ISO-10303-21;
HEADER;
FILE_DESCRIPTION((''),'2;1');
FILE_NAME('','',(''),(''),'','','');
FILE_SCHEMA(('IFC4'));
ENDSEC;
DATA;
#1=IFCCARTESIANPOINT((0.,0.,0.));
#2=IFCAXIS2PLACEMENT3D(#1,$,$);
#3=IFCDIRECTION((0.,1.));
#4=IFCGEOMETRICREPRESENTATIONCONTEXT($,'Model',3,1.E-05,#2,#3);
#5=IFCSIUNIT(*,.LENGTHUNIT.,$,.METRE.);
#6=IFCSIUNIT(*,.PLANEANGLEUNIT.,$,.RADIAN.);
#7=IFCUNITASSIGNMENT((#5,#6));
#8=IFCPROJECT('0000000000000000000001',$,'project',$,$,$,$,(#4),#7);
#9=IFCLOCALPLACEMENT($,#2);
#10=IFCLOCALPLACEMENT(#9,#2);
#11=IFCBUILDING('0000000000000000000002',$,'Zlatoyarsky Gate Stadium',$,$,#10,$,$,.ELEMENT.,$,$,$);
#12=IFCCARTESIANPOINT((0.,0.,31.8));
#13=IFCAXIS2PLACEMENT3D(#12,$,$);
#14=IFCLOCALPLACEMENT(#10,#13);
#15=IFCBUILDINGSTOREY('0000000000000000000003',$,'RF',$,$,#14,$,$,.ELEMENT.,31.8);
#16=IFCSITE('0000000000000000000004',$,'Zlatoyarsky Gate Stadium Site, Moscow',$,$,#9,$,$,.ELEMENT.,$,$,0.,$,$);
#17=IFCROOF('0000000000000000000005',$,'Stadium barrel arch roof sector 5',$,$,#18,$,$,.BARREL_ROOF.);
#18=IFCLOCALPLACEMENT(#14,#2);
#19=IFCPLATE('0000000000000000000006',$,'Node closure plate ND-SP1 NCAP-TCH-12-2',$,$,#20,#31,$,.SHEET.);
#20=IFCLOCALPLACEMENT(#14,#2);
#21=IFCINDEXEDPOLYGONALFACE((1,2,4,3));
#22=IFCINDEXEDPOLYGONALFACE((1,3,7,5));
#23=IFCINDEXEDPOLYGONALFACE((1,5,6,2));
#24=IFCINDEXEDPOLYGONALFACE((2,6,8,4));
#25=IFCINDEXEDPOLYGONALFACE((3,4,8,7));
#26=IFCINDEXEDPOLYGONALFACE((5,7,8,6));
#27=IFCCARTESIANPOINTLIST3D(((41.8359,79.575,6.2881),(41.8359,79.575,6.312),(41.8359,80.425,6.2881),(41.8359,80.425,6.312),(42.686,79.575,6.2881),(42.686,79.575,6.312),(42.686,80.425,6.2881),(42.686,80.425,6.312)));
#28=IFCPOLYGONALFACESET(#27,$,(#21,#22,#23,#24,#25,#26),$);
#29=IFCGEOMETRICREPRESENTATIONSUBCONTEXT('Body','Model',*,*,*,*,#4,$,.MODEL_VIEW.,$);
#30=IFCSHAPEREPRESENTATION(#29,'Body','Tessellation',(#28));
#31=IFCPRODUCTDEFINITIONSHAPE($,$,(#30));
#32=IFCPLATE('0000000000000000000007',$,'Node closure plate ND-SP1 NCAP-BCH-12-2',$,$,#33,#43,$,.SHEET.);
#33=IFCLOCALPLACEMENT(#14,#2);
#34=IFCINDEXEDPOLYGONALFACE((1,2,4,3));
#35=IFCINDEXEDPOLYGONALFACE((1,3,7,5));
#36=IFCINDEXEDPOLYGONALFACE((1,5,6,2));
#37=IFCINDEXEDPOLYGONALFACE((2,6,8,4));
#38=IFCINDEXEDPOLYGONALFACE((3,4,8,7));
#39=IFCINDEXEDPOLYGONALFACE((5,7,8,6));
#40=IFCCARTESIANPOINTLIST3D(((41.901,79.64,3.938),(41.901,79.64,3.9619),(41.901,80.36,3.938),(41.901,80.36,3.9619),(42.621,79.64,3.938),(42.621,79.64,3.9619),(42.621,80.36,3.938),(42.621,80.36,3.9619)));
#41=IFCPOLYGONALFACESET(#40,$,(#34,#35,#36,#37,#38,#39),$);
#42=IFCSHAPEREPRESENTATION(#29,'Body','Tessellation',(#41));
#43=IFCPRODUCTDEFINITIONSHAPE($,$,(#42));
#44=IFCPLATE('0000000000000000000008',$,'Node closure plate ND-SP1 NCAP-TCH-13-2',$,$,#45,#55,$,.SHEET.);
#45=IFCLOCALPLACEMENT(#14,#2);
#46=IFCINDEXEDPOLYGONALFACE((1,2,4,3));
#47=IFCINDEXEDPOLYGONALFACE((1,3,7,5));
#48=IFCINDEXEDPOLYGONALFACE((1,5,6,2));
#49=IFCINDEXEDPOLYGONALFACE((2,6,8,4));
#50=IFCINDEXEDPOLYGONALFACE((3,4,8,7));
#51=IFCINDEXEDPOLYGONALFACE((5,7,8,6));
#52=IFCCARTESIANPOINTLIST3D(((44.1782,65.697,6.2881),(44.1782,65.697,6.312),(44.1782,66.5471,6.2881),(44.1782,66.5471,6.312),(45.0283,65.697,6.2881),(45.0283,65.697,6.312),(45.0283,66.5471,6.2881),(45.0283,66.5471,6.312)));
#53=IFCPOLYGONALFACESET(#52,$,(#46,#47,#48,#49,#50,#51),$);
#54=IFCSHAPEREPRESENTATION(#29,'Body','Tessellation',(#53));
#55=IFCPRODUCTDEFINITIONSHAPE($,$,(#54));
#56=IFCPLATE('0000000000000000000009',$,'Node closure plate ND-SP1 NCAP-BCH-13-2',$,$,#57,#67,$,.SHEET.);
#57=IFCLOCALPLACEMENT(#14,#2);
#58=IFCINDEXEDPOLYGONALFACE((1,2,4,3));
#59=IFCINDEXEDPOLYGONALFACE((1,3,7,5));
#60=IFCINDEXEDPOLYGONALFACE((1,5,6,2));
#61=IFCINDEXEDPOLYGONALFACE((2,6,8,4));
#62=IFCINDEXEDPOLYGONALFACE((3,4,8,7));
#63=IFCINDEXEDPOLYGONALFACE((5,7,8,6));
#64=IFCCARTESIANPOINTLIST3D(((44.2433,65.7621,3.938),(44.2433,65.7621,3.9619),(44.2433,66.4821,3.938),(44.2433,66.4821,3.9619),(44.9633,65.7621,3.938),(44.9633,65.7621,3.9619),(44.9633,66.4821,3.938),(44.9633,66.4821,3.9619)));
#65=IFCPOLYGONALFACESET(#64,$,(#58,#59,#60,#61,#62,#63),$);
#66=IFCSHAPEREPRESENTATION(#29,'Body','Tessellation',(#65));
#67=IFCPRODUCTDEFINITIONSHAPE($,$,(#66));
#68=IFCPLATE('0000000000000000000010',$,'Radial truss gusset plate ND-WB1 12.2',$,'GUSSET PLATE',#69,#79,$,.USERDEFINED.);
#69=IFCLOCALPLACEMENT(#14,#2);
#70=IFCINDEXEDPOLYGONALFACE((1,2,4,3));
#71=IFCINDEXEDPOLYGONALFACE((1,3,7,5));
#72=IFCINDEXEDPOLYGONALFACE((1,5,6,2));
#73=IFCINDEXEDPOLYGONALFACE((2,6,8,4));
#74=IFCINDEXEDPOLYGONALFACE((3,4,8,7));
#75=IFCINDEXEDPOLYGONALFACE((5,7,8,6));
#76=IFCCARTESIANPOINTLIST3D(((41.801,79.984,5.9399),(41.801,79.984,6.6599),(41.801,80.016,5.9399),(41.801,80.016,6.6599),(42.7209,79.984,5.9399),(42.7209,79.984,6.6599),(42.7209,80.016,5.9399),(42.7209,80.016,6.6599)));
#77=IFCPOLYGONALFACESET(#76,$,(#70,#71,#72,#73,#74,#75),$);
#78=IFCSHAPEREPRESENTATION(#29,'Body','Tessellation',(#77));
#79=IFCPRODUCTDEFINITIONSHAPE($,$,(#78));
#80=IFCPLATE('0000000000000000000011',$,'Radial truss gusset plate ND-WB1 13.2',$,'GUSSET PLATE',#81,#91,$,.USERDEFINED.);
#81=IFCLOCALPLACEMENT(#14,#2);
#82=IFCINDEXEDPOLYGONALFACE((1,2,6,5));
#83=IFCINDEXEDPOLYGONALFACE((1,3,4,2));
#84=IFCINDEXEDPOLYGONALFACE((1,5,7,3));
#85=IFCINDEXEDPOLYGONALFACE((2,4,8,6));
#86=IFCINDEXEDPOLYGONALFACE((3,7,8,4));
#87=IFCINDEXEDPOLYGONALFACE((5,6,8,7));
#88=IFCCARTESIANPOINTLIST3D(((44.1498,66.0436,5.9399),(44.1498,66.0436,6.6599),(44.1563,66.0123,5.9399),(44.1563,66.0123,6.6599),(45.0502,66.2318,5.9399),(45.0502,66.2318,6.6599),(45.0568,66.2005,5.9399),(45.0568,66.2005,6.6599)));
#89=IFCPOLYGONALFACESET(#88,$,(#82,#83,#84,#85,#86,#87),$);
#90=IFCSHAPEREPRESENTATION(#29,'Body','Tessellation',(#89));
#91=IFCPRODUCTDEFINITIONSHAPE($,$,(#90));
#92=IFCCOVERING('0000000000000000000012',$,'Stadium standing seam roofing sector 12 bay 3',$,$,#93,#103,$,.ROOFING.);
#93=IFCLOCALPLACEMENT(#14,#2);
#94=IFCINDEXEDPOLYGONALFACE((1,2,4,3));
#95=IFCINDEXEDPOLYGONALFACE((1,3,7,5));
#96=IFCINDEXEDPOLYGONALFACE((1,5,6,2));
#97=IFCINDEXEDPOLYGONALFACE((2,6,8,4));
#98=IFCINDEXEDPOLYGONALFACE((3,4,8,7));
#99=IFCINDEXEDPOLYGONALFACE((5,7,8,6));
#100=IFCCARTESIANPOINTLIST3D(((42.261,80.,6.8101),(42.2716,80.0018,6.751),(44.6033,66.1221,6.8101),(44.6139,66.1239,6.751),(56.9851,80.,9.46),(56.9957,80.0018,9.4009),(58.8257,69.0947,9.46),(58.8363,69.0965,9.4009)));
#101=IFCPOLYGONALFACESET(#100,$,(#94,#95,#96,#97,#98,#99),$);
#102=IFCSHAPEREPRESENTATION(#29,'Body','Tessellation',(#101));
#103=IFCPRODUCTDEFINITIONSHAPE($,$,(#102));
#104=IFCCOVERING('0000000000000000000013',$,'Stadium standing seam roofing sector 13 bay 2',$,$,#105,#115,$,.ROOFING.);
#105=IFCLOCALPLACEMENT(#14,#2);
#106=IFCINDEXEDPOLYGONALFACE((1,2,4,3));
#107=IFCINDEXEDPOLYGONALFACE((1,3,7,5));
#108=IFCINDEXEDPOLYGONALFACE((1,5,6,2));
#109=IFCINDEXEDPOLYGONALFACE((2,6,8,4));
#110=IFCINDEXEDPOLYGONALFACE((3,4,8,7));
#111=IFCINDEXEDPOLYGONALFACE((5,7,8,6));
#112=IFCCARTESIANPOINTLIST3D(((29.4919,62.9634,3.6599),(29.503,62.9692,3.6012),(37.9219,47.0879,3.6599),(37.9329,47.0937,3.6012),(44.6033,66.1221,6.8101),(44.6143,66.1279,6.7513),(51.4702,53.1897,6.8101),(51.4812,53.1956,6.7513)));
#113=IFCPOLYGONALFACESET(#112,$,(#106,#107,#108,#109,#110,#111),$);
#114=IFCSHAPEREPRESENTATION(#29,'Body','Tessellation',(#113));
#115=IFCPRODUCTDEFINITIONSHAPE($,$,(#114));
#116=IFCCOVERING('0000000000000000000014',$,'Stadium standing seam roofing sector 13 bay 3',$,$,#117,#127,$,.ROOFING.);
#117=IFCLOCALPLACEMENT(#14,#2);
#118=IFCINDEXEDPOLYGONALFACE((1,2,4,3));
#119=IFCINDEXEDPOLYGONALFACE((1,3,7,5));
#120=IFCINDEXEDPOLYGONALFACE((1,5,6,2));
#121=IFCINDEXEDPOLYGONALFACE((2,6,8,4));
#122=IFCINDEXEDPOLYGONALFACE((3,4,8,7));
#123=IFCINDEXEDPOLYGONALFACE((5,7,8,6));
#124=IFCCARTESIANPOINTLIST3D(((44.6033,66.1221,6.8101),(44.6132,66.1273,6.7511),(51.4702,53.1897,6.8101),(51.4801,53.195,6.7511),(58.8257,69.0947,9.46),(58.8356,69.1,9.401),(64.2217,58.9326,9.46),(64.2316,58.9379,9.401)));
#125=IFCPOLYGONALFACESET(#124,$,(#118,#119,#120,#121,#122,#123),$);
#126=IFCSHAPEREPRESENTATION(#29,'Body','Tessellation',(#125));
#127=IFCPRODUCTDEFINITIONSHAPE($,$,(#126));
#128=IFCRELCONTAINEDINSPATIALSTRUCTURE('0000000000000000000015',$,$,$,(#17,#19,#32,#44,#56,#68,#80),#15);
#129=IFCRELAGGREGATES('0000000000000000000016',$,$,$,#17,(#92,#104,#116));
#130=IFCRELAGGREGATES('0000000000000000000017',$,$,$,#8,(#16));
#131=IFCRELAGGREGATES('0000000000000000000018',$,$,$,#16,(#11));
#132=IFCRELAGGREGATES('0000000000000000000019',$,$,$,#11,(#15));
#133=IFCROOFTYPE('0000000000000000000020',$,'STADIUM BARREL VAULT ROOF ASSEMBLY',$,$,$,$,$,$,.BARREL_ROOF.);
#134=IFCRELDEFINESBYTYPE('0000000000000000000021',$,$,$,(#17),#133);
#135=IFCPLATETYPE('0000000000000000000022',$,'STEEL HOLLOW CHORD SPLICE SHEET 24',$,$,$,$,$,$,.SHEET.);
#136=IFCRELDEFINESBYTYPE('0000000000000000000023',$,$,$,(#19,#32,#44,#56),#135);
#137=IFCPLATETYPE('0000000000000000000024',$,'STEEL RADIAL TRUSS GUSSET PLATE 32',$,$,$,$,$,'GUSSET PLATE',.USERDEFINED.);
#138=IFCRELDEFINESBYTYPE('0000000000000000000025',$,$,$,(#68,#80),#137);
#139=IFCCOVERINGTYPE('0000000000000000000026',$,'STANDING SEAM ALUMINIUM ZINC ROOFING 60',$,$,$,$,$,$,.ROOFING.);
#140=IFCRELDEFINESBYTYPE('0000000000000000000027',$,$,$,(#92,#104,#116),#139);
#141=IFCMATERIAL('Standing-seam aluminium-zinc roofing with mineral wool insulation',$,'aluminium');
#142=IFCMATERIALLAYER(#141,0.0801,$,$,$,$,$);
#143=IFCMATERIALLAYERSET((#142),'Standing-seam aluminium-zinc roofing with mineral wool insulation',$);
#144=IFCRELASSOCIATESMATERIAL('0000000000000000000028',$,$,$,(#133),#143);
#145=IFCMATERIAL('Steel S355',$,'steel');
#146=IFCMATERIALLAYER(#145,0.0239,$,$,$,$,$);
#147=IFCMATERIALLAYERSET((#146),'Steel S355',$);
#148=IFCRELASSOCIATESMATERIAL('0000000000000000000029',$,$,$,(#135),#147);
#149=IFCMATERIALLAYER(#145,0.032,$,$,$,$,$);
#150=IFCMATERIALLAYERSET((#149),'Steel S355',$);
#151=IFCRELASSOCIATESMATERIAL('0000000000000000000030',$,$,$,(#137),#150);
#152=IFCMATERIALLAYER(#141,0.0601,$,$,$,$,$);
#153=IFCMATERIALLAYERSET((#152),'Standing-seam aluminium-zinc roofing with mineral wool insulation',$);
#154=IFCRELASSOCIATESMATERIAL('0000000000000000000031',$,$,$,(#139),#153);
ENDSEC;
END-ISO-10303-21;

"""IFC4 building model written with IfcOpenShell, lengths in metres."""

from ifc_helpers import new_model, si_unit, direction, frame, origin, origin_2d, place, context, subcontext, project, spatial, polyline, rectangle, outline, extrude, material, layer, layer_set, type_object, element, aggregate, save


model = new_model("IFC4")

# Units and contexts
model_context = context("Model", 3, precision=1e-05, world=origin(), true_north=direction((0.0, 1.0)))
body_context = subcontext(model_context, "Body", "Model", "MODEL_VIEW")
ifc_project = project(units=[si_unit("LENGTHUNIT", "METRE"), si_unit("PLANEANGLEUNIT", "RADIAN")], contexts=[model_context])

# Site, building, storey
site_placement = place(None, origin())
site = spatial("IfcSite", under=ifc_project, at=site_placement, Name="Zlatoyarsky Gate Stadium Site, Moscow", CompositionType="ELEMENT", RefElevation=0.0)
building_placement = place(site_placement, origin())
building = spatial("IfcBuilding", under=site, at=building_placement, Name="Zlatoyarsky Gate Stadium", CompositionType="ELEMENT")
storey_placement = place(building_placement, frame((0.0, 0.0, 31.8)))
storey = spatial("IfcBuildingStorey", under=building, at=storey_placement, Name="RF", CompositionType="ELEMENT", Elevation=31.8)

# Shared definitions
ifc_material_1 = material(Name="Steel S355", Category="steel")

# Roof
ifc_material_2 = material(Name="Standing-seam aluminium-zinc roofing with mineral wool insulation", Category="aluminium")
ifc_layer_1 = layer(ifc_material_2, 0.0801)
ifc_layer_set_1 = layer_set([ifc_layer_1], Name="Standing-seam aluminium-zinc roofing with mineral wool insulation")
roof_type = type_object("IfcRoofType", Name="STADIUM BARREL VAULT ROOF ASSEMBLY", PredefinedType="BARREL_ROOF", material=ifc_layer_set_1)
roof_placement = place(storey_placement, origin())
roof = element("IfcRoof", 1, at=roof_placement, inside=storey, type_object=roof_type, Name="Stadium barrel arch roof sector 5", PredefinedType="BARREL_ROOF")

# Plates
ifc_layer_2 = layer(ifc_material_1, 0.0239)
ifc_layer_set_2 = layer_set([ifc_layer_2], Name="Steel S355")
plate_type_1 = type_object("IfcPlateType", Name="STEEL HOLLOW CHORD SPLICE SHEET 24", PredefinedType="SHEET", material=ifc_layer_set_2)
plate_1_placement = place(storey_placement, frame((42.261, 80.0, 6.2881), z_axis=(0.0, 0.0, 1.0), x_axis=(1.0, 0.0, 0.0)))
element("IfcPlate", 2, at=plate_1_placement, inside=storey, type_object=plate_type_1, Name="Node closure plate ND-SP1 NCAP-TCH-12-2", PredefinedType="SHEET", context=body_context, shape_type="SweptSolid", body=[
    extrude(rectangle(XDim=0.8501, YDim=0.8501, at=origin_2d()), origin(), (0.0, 0.0, 1.0), 0.0239),
])
plate_2_placement = place(storey_placement, frame((42.261, 80.0, 3.938), z_axis=(0.0, 0.0, 1.0), x_axis=(1.0, 0.0, 0.0)))
element("IfcPlate", 3, at=plate_2_placement, inside=storey, type_object=plate_type_1, Name="Node closure plate ND-SP1 NCAP-BCH-12-2", PredefinedType="SHEET", context=body_context, shape_type="SweptSolid", body=[
    extrude(rectangle(XDim=0.72, YDim=0.72, at=origin_2d()), origin(), (0.0, 0.0, 1.0), 0.0239),
])
plate_3_placement = place(storey_placement, frame((44.6033, 66.1221, 6.2881), z_axis=(0.0, 0.0, 1.0), x_axis=(1.0, 0.0, 0.0)))
element("IfcPlate", 4, at=plate_3_placement, inside=storey, type_object=plate_type_1, Name="Node closure plate ND-SP1 NCAP-TCH-13-2", PredefinedType="SHEET", context=body_context, shape_type="SweptSolid", body=[
    extrude(rectangle(XDim=0.8501, YDim=0.8501, at=origin_2d()), origin(), (0.0, 0.0, 1.0), 0.0239),
])
plate_4_placement = place(storey_placement, frame((44.6033, 66.1221, 3.938), z_axis=(0.0, 0.0, 1.0), x_axis=(1.0, 0.0, 0.0)))
element("IfcPlate", 5, at=plate_4_placement, inside=storey, type_object=plate_type_1, Name="Node closure plate ND-SP1 NCAP-BCH-13-2", PredefinedType="SHEET", context=body_context, shape_type="SweptSolid", body=[
    extrude(rectangle(XDim=0.72, YDim=0.72, at=origin_2d()), origin(), (0.0, 0.0, 1.0), 0.0239),
])
ifc_layer_3 = layer(ifc_material_1, 0.032)
ifc_layer_set_3 = layer_set([ifc_layer_3], Name="Steel S355")
plate_type_2 = type_object("IfcPlateType", Name="STEEL RADIAL TRUSS GUSSET PLATE 32", ElementType="GUSSET PLATE", PredefinedType="USERDEFINED", material=ifc_layer_set_3)
for number, where, z_axis, x_axis, name in (
    (6, (42.261, 80.0, 5.9399), (0.0, 0.0, 1.0), (1.0, 0.0, 0.0), "Radial truss gusset plate ND-WB1 12.2"),
    (7, (44.6033, 66.1221, 5.9399), (0.0, 0.0, 1.0), (0.978847, 0.204595, 0.0), "Radial truss gusset plate ND-WB1 13.2"),
):
    element("IfcPlate", number, at=place(storey_placement, frame(where, z_axis=z_axis, x_axis=x_axis)), inside=storey, type_object=plate_type_2, Name=name, ObjectType="GUSSET PLATE", PredefinedType="USERDEFINED", context=body_context, shape_type="SweptSolid", body=[
        extrude(rectangle(XDim=0.9199, YDim=0.032, at=origin_2d()), origin(), (0.0, 0.0, 1.0), 0.72),
    ])

# Coverings
ifc_layer_4 = layer(ifc_material_2, 0.0601)
ifc_layer_set_4 = layer_set([ifc_layer_4], Name="Standing-seam aluminium-zinc roofing with mineral wool insulation")
covering_type = type_object("IfcCoveringType", Name="STANDING SEAM ALUMINIUM ZINC ROOFING 60", PredefinedType="ROOFING", material=ifc_layer_set_4)
covering_1_placement = place(storey_placement, frame((42.261, 80.0, 6.8101), z_axis=(-0.177045, -0.029881, 0.983749), x_axis=(0.166424, -0.986054, 0.0)))
covering_1 = element("IfcCovering", 8, at=covering_1_placement, type_object=covering_type, Name="Stadium standing seam roofing sector 12 bay 3", PredefinedType="ROOFING", context=body_context, shape_type="SweptSolid", body=[
    extrude(outline(polyline([(0.0, 0.0), (14.0742, 0.0), (13.51, 14.7586), (2.4504, 14.7586), (0.0, 0.0)])), origin(), (0.0, 0.0, -1.0), 0.0601),
])
covering_2_placement = place(storey_placement, frame((29.4919, 62.9634, 3.6599), z_axis=(-0.183541, -0.09746, 0.978169), x_axis=(0.468985, -0.883206, 0.000001)))
covering_2 = element("IfcCovering", 9, at=covering_2_placement, type_object=covering_type, Name="Stadium standing seam roofing sector 13 bay 2", PredefinedType="ROOFING", context=body_context, shape_type="SweptSolid", body=[
    extrude(outline(polyline([(0.0, 0.0), (17.9748, 0.0), (18.9397, 15.1586), (4.2972, 15.1587), (0.0, 0.0)])), origin(), (0.0, 0.0, -1.0), 0.0601),
])
covering_3_placement = place(storey_placement, frame((44.6033, 66.1221, 6.8101), z_axis=(-0.164762, -0.087487, 0.982446), x_axis=(0.468975, -0.883211, 0.0)))
covering_3 = element("IfcCovering", 10, at=covering_3_placement, type_object=covering_type, Name="Stadium standing seam roofing sector 13 bay 3", PredefinedType="ROOFING", context=body_context, shape_type="SweptSolid", body=[
    extrude(outline(polyline([(0.0, 0.0), (14.6424, 0.0), (15.5504, 14.2049), (4.0445, 14.2049), (0.0, 0.0)])), origin(), (0.0, 0.0, -1.0), 0.0601),
])
aggregate(roof, [covering_1, covering_2, covering_3])

save(model, "model.ifc")
